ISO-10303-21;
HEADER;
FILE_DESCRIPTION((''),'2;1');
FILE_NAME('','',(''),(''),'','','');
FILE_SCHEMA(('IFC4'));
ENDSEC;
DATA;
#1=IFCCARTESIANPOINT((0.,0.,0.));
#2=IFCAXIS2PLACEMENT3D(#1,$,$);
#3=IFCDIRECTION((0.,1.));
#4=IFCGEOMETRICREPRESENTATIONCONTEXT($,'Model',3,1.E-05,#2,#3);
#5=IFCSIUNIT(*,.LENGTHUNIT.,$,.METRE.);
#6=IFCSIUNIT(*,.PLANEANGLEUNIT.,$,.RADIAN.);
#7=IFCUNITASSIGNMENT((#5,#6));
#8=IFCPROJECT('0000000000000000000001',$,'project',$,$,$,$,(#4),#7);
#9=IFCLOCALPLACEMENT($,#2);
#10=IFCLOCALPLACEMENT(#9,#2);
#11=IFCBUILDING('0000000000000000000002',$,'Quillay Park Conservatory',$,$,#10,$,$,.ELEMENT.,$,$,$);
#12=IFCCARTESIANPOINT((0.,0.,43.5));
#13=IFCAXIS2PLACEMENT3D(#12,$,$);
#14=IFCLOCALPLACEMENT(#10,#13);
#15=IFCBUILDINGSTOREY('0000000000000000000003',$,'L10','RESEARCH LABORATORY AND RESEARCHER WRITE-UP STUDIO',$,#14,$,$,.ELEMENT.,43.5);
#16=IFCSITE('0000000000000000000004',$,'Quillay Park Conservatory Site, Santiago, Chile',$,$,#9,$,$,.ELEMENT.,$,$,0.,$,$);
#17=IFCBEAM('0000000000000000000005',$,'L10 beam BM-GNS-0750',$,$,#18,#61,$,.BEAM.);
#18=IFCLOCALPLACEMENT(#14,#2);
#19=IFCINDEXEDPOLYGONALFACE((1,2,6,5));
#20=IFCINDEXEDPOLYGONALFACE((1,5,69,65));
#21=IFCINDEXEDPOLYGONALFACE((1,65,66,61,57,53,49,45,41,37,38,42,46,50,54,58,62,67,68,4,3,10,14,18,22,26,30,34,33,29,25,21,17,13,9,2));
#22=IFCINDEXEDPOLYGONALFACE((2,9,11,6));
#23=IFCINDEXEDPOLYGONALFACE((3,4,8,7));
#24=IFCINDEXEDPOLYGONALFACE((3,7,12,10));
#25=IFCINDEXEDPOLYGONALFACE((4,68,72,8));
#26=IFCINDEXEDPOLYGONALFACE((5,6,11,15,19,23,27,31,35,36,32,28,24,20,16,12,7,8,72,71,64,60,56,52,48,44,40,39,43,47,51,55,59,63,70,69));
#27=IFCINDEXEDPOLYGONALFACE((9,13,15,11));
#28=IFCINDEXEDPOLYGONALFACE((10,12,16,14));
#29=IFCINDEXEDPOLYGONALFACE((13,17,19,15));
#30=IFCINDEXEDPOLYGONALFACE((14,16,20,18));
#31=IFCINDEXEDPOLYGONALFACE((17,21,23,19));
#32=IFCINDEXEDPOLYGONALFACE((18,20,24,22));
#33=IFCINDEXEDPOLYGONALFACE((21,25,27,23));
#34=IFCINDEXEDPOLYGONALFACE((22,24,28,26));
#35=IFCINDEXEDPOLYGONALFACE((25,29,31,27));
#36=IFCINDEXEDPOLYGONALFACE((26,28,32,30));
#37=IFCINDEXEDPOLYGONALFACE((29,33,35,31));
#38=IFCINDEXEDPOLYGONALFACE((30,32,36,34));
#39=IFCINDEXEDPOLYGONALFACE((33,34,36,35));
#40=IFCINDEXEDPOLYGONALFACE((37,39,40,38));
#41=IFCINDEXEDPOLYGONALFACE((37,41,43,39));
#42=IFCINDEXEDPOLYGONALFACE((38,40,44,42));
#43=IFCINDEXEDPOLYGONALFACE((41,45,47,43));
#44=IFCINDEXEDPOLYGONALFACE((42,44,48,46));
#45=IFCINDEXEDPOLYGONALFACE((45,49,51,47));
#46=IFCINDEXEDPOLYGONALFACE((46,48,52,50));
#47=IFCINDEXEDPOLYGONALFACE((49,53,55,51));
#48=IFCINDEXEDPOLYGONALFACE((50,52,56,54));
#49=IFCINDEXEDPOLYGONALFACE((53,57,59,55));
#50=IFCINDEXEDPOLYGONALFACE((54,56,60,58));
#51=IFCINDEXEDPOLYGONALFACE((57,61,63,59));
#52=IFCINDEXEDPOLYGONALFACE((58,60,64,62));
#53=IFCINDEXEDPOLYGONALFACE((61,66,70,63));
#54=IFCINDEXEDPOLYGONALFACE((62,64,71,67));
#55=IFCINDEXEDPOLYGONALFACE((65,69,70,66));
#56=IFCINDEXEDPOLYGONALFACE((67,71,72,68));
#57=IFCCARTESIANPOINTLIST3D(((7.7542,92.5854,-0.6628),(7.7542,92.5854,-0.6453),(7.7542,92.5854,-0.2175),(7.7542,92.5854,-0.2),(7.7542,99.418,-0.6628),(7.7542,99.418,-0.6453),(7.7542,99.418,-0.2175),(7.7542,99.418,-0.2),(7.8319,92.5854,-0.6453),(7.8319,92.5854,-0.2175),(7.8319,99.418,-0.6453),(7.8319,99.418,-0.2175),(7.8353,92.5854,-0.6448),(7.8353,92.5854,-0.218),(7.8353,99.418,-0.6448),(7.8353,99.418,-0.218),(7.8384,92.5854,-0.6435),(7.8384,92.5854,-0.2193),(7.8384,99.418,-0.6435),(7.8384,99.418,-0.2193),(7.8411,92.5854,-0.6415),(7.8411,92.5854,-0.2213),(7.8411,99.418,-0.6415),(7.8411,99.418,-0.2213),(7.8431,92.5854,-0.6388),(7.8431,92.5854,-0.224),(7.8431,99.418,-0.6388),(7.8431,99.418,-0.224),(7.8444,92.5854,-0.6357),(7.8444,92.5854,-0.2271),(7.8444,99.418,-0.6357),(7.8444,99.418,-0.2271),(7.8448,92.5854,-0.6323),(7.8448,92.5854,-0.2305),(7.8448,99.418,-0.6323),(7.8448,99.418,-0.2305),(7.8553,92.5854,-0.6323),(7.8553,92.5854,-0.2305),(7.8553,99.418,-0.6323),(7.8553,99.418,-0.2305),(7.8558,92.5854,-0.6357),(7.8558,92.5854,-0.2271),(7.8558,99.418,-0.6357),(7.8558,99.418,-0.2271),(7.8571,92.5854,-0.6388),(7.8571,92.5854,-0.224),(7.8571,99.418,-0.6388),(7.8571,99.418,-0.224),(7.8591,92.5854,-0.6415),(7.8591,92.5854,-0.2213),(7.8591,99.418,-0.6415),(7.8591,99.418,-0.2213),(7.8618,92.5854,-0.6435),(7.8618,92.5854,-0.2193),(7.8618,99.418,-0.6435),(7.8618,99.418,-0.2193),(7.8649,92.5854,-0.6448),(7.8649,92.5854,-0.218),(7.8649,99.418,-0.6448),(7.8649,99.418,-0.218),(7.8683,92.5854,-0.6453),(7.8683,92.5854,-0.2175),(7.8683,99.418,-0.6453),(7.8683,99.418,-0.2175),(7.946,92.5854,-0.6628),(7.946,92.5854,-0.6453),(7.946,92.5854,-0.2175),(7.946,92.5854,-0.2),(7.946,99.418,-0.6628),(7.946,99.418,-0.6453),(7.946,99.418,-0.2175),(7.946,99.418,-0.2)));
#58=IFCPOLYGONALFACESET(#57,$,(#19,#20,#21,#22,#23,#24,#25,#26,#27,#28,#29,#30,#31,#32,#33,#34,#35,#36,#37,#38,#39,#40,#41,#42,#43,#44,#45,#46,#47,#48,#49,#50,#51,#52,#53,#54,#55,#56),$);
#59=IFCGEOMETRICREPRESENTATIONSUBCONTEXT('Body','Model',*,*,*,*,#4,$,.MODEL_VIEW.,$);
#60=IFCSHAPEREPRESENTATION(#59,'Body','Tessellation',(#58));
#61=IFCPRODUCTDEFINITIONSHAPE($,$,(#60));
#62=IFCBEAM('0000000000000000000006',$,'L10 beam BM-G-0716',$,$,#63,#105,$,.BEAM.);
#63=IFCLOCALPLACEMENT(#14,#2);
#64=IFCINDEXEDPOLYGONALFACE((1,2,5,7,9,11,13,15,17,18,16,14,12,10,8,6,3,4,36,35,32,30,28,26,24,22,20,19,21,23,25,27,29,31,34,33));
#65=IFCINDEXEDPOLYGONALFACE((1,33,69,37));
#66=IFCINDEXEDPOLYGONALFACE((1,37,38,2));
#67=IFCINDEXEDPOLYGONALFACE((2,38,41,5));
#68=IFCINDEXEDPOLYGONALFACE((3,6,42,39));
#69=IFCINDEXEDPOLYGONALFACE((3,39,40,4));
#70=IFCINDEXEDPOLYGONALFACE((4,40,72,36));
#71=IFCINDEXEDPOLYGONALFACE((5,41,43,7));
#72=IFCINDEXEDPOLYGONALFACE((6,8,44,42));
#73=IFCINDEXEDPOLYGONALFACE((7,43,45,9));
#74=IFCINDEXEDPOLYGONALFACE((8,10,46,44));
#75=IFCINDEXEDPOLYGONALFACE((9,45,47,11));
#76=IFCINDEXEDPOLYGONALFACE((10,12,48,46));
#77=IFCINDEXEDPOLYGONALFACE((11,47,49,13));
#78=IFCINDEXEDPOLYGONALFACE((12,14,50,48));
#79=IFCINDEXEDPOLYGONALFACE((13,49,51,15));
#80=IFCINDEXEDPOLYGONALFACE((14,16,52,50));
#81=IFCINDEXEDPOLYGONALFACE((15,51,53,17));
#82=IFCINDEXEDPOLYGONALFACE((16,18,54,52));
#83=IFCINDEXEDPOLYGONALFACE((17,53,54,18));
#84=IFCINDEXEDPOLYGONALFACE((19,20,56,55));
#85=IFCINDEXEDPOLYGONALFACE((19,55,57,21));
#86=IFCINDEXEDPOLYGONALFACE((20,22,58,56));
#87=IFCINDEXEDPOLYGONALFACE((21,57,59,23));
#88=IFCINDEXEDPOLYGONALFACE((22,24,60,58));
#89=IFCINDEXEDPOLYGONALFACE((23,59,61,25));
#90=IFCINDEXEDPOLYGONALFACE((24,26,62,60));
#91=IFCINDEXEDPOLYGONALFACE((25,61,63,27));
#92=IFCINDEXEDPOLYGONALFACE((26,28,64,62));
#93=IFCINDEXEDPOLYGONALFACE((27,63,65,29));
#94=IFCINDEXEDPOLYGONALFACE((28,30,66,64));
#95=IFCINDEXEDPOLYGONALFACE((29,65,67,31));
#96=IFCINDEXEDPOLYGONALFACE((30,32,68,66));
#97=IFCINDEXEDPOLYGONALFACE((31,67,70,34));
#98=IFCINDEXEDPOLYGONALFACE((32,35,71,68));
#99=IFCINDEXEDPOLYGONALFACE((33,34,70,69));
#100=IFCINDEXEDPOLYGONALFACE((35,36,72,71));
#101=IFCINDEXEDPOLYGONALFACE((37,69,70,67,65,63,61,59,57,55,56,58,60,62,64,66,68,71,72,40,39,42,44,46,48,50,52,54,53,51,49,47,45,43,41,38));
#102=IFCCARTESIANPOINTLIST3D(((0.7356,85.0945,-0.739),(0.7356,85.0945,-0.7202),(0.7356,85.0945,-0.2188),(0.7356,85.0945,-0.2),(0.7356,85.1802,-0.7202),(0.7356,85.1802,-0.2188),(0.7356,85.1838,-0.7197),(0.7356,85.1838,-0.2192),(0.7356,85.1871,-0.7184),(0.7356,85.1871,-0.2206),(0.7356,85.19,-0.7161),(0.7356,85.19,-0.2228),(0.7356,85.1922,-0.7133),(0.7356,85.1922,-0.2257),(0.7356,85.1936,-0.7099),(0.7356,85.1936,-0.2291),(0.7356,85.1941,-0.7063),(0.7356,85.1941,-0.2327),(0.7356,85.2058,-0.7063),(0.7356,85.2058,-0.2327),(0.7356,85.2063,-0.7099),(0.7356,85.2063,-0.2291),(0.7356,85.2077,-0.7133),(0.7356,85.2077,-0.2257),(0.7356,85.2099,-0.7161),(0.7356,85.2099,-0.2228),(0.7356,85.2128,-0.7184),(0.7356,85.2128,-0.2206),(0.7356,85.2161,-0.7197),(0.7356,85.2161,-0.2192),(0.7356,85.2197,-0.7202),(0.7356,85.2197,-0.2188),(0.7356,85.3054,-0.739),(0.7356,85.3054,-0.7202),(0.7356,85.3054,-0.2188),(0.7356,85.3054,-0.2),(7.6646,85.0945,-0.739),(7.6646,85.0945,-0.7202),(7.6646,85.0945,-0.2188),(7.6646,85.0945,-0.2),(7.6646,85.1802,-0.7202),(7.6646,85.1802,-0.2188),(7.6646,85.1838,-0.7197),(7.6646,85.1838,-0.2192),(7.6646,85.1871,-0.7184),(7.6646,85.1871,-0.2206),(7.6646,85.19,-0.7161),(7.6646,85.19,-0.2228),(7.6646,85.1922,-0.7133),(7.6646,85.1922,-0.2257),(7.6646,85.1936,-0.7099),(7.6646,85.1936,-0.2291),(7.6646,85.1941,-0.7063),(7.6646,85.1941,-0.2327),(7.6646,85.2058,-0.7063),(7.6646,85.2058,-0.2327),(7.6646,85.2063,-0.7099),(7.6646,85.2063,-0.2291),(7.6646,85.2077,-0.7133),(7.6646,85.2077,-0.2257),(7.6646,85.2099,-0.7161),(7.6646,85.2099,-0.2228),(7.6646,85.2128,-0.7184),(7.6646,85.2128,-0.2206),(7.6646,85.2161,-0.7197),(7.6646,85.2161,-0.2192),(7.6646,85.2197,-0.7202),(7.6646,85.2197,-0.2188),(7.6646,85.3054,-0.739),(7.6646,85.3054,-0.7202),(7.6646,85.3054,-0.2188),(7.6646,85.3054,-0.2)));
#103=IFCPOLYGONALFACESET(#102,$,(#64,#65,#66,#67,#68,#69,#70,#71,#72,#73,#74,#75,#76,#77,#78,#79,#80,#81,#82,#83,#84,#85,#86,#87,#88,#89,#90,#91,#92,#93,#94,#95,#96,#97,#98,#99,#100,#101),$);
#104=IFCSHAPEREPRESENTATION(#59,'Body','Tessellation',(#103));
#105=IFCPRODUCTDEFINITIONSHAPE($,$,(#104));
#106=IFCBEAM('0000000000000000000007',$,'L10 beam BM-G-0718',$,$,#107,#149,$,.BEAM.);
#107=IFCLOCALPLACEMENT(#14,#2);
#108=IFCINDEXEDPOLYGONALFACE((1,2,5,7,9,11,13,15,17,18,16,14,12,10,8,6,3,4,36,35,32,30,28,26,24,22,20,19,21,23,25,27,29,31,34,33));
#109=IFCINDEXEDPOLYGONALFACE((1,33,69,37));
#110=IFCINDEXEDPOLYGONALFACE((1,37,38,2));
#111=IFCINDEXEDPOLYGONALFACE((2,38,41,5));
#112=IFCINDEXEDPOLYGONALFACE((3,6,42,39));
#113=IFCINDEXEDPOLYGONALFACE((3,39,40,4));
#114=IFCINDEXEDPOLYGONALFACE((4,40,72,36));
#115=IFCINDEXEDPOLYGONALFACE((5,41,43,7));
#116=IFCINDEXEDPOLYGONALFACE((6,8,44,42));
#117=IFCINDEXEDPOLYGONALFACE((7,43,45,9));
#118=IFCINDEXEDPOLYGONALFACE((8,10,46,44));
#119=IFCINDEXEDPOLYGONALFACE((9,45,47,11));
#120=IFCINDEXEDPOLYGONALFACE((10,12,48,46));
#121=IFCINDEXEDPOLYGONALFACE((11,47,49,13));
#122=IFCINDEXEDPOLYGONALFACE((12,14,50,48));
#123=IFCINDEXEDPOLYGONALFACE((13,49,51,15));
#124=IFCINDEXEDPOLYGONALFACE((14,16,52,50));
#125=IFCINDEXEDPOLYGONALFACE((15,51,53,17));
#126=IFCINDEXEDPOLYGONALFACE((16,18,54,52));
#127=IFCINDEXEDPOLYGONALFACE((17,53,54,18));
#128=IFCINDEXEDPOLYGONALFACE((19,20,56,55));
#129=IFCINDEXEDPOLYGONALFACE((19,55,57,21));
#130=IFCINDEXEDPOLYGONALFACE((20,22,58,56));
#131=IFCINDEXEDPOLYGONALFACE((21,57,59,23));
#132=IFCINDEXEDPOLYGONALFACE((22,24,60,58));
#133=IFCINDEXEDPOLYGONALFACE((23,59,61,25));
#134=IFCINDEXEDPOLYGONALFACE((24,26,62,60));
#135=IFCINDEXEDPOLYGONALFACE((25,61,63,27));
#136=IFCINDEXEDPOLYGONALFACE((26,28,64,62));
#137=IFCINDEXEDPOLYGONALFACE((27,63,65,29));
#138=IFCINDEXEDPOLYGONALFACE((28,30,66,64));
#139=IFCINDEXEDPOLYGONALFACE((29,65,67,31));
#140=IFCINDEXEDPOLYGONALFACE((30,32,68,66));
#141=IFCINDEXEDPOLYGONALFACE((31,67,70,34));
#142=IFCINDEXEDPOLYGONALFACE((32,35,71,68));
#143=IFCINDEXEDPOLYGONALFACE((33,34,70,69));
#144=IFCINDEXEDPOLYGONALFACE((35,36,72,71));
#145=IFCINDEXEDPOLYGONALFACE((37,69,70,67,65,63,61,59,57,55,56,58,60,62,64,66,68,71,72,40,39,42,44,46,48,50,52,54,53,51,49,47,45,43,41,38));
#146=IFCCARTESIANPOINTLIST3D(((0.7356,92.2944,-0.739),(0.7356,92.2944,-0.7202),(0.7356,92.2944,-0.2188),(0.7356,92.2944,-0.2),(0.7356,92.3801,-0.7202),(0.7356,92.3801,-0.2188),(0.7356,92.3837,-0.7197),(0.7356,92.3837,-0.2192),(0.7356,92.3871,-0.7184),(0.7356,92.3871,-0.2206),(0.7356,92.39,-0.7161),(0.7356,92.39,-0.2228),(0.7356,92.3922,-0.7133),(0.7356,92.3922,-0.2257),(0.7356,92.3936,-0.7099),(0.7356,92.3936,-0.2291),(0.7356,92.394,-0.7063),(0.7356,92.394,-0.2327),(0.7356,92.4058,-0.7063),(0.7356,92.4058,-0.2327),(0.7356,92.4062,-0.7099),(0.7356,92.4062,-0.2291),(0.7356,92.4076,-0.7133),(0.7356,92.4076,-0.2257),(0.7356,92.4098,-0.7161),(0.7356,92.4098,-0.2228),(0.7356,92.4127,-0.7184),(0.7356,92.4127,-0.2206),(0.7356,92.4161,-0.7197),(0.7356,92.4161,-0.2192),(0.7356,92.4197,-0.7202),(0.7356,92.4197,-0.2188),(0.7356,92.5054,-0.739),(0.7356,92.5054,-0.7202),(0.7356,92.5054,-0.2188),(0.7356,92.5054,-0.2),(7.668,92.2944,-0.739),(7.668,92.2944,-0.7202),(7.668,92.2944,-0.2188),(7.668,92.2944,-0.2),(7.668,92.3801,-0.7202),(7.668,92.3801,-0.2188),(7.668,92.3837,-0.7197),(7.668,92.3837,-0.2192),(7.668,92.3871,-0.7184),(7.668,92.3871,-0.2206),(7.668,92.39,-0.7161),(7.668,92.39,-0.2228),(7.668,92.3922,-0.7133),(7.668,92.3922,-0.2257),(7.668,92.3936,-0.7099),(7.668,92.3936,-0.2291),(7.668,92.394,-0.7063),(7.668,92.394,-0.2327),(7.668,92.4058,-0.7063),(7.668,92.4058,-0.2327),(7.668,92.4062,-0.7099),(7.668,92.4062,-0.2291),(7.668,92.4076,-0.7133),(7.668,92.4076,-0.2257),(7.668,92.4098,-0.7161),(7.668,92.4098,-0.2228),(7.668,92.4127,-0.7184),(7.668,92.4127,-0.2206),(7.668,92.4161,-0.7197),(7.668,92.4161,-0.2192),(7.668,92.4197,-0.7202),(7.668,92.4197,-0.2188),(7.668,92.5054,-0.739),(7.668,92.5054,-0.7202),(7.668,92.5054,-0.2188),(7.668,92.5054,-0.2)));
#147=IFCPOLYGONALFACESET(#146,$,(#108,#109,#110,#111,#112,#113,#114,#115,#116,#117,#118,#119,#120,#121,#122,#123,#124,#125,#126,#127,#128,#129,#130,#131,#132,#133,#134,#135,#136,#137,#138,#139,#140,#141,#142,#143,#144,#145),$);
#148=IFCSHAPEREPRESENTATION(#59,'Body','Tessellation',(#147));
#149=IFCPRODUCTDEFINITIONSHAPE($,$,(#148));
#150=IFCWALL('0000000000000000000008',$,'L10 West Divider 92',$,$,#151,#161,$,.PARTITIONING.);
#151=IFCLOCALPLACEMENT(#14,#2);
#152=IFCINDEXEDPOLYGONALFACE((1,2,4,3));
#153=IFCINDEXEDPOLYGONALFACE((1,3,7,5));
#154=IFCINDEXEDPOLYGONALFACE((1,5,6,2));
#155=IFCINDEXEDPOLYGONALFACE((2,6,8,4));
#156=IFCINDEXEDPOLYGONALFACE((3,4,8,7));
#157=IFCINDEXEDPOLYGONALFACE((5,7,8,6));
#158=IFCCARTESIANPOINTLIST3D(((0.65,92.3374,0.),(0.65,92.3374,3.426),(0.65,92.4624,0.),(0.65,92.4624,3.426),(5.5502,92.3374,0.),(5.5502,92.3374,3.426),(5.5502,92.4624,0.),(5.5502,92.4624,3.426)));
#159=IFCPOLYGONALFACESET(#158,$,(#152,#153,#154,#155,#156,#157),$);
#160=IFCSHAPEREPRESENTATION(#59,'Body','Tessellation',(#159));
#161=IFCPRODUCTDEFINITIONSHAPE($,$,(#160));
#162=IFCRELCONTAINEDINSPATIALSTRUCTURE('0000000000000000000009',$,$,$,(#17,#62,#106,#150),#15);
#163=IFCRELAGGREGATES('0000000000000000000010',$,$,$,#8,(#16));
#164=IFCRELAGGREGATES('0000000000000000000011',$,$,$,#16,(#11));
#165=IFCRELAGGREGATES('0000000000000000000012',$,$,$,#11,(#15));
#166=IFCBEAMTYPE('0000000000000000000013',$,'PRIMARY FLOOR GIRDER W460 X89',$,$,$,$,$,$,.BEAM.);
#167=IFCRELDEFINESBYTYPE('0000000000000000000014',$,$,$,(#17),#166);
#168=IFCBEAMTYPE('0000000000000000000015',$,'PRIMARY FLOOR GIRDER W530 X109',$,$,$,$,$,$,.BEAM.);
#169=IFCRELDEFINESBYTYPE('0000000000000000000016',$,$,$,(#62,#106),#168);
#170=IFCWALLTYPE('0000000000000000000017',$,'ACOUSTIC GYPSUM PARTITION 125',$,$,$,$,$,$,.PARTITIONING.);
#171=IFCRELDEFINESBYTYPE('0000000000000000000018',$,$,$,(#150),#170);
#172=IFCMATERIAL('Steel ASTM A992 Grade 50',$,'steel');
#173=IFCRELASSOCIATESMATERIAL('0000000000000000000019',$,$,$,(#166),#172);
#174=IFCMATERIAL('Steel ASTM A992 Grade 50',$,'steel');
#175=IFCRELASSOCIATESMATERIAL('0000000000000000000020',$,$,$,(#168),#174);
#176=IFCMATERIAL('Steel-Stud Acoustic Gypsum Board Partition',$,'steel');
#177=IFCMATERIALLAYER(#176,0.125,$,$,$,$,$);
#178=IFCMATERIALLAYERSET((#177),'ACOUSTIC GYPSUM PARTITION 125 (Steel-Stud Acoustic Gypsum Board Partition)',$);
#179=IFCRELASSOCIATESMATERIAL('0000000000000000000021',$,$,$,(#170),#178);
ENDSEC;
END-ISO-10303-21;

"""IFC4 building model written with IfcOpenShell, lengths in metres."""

from ifc_helpers import new_model, si_unit, direction, frame, frame_2d, origin, origin_2d, place, context, subcontext, project, spatial, rectangle, i_section, extrude, material, layer, layer_set, material_profile, profile_set, type_object, element, save


model = new_model("IFC4")

# Units and contexts
model_context = context("Model", 3, precision=1e-05, world=origin(), true_north=direction((0.0, 1.0)))
body_context = subcontext(model_context, "Body", "Model", "MODEL_VIEW")
ifc_project = project(units=[si_unit("LENGTHUNIT", "METRE"), si_unit("PLANEANGLEUNIT", "RADIAN")], contexts=[model_context])

# Site, building, storey
site_placement = place(None, origin())
site = spatial("IfcSite", under=ifc_project, at=site_placement, Name="Quillay Park Conservatory Site, Santiago, Chile", CompositionType="ELEMENT", RefElevation=0.0)
building_placement = place(site_placement, origin())
building = spatial("IfcBuilding", under=site, at=building_placement, Name="Quillay Park Conservatory", CompositionType="ELEMENT")
storey_placement = place(building_placement, frame((0.0, 0.0, 43.5)))
storey = spatial("IfcBuildingStorey", under=building, at=storey_placement, Name="L10", Description="RESEARCH LABORATORY AND RESEARCHER WRITE-UP STUDIO", CompositionType="ELEMENT", Elevation=43.5)

# Beams
ifc_material_1 = material(Name="Steel ASTM A992 Grade 50", Category="steel")
ifc_material_profile_1 = material_profile(ifc_material_1, i_section(OverallWidth=0.1919, OverallDepth=0.4629, WebThickness=0.0105, FlangeThickness=0.0176, FilletRadius=0.0129, at=origin_2d()), Name="W460x89")
ifc_profile_set_1 = profile_set([ifc_material_profile_1], Name="Steel ASTM A992 Grade 50")
beam_type_1 = type_object("IfcBeamType", Name="PRIMARY FLOOR GIRDER W460 X89", PredefinedType="BEAM", material=ifc_profile_set_1)
for number, where, z_axis, x_axis, name in (
    (1, (7.8501, 92.5854, -0.4314), (0.0, 1.0, 0.0), (-1.0, 0.0, 0.0), "L10 beam BM-GNS-0750"),
):
    element("IfcBeam", number, at=place(storey_placement, frame(where, z_axis=z_axis, x_axis=x_axis)), inside=storey, type_object=beam_type_1, Name=name, PredefinedType="BEAM", context=body_context, shape_type="SweptSolid", body=[
        extrude(i_section(OverallWidth=0.1919, OverallDepth=0.4629, WebThickness=0.0105, FlangeThickness=0.0176, FilletRadius=0.0129, at=origin_2d()), origin(), (0.0, 0.0, 1.0), 6.8325),
    ])
ifc_material_2 = material(Name="Steel ASTM A992 Grade 50", Category="steel")
ifc_material_profile_2 = material_profile(ifc_material_2, i_section(OverallWidth=0.2109, OverallDepth=0.5391, WebThickness=0.0117, FlangeThickness=0.0188, FilletRadius=0.0139, at=origin_2d()), Name="W530x109")
ifc_profile_set_2 = profile_set([ifc_material_profile_2], Name="Steel ASTM A992 Grade 50")
beam_type_2 = type_object("IfcBeamType", Name="PRIMARY FLOOR GIRDER W530 X109", PredefinedType="BEAM", material=ifc_profile_set_2)
beam_1_placement = place(storey_placement, frame((0.7356, 85.2, -0.4695), z_axis=(1.0, 0.0, 0.0), x_axis=(0.0, 1.0, 0.0)))
element("IfcBeam", 2, at=beam_1_placement, inside=storey, type_object=beam_type_2, Name="L10 beam BM-G-0716", PredefinedType="BEAM", context=body_context, shape_type="SweptSolid", body=[
    extrude(i_section(OverallWidth=0.2109, OverallDepth=0.5391, WebThickness=0.0117, FlangeThickness=0.0188, FilletRadius=0.0139, at=origin_2d()), origin(), (0.0, 0.0, 1.0), 6.929),
])
beam_2_placement = place(storey_placement, frame((0.7356, 92.3999, -0.4695), z_axis=(1.0, 0.0, 0.0), x_axis=(0.0, 1.0, 0.0)))
element("IfcBeam", 3, at=beam_2_placement, inside=storey, type_object=beam_type_2, Name="L10 beam BM-G-0718", PredefinedType="BEAM", context=body_context, shape_type="SweptSolid", body=[
    extrude(i_section(OverallWidth=0.2109, OverallDepth=0.5391, WebThickness=0.0117, FlangeThickness=0.0188, FilletRadius=0.0139, at=origin_2d()), origin(), (0.0, 0.0, 1.0), 6.9324),
])

# Wall
ifc_material_3 = material(Name="Steel-Stud Acoustic Gypsum Board Partition", Category="steel")
ifc_layer_1 = layer(ifc_material_3, 0.125)
ifc_layer_set_1 = layer_set([ifc_layer_1], Name="ACOUSTIC GYPSUM PARTITION 125 (Steel-Stud Acoustic Gypsum Board Partition)")
wall_type_1 = type_object("IfcWallType", Name="ACOUSTIC GYPSUM PARTITION 125", PredefinedType="PARTITIONING", material=ifc_layer_set_1)
wall_1_placement = place(storey_placement, frame((0.6499, 92.3999, 0.0), z_axis=(0.0, 0.0, 1.0), x_axis=(1.0, 0.0, 0.0)))
element("IfcWall", 4, at=wall_1_placement, inside=storey, type_object=wall_type_1, Name="L10 West Divider 92", PredefinedType="PARTITIONING", context=body_context, shape_type="SweptSolid", body=[
    extrude(rectangle(XDim=4.9001, YDim=0.125, at=frame_2d((2.4502, 0.0))), origin(), (0.0, 0.0, 1.0), 3.426),
])

save(model, "model.ifc")
